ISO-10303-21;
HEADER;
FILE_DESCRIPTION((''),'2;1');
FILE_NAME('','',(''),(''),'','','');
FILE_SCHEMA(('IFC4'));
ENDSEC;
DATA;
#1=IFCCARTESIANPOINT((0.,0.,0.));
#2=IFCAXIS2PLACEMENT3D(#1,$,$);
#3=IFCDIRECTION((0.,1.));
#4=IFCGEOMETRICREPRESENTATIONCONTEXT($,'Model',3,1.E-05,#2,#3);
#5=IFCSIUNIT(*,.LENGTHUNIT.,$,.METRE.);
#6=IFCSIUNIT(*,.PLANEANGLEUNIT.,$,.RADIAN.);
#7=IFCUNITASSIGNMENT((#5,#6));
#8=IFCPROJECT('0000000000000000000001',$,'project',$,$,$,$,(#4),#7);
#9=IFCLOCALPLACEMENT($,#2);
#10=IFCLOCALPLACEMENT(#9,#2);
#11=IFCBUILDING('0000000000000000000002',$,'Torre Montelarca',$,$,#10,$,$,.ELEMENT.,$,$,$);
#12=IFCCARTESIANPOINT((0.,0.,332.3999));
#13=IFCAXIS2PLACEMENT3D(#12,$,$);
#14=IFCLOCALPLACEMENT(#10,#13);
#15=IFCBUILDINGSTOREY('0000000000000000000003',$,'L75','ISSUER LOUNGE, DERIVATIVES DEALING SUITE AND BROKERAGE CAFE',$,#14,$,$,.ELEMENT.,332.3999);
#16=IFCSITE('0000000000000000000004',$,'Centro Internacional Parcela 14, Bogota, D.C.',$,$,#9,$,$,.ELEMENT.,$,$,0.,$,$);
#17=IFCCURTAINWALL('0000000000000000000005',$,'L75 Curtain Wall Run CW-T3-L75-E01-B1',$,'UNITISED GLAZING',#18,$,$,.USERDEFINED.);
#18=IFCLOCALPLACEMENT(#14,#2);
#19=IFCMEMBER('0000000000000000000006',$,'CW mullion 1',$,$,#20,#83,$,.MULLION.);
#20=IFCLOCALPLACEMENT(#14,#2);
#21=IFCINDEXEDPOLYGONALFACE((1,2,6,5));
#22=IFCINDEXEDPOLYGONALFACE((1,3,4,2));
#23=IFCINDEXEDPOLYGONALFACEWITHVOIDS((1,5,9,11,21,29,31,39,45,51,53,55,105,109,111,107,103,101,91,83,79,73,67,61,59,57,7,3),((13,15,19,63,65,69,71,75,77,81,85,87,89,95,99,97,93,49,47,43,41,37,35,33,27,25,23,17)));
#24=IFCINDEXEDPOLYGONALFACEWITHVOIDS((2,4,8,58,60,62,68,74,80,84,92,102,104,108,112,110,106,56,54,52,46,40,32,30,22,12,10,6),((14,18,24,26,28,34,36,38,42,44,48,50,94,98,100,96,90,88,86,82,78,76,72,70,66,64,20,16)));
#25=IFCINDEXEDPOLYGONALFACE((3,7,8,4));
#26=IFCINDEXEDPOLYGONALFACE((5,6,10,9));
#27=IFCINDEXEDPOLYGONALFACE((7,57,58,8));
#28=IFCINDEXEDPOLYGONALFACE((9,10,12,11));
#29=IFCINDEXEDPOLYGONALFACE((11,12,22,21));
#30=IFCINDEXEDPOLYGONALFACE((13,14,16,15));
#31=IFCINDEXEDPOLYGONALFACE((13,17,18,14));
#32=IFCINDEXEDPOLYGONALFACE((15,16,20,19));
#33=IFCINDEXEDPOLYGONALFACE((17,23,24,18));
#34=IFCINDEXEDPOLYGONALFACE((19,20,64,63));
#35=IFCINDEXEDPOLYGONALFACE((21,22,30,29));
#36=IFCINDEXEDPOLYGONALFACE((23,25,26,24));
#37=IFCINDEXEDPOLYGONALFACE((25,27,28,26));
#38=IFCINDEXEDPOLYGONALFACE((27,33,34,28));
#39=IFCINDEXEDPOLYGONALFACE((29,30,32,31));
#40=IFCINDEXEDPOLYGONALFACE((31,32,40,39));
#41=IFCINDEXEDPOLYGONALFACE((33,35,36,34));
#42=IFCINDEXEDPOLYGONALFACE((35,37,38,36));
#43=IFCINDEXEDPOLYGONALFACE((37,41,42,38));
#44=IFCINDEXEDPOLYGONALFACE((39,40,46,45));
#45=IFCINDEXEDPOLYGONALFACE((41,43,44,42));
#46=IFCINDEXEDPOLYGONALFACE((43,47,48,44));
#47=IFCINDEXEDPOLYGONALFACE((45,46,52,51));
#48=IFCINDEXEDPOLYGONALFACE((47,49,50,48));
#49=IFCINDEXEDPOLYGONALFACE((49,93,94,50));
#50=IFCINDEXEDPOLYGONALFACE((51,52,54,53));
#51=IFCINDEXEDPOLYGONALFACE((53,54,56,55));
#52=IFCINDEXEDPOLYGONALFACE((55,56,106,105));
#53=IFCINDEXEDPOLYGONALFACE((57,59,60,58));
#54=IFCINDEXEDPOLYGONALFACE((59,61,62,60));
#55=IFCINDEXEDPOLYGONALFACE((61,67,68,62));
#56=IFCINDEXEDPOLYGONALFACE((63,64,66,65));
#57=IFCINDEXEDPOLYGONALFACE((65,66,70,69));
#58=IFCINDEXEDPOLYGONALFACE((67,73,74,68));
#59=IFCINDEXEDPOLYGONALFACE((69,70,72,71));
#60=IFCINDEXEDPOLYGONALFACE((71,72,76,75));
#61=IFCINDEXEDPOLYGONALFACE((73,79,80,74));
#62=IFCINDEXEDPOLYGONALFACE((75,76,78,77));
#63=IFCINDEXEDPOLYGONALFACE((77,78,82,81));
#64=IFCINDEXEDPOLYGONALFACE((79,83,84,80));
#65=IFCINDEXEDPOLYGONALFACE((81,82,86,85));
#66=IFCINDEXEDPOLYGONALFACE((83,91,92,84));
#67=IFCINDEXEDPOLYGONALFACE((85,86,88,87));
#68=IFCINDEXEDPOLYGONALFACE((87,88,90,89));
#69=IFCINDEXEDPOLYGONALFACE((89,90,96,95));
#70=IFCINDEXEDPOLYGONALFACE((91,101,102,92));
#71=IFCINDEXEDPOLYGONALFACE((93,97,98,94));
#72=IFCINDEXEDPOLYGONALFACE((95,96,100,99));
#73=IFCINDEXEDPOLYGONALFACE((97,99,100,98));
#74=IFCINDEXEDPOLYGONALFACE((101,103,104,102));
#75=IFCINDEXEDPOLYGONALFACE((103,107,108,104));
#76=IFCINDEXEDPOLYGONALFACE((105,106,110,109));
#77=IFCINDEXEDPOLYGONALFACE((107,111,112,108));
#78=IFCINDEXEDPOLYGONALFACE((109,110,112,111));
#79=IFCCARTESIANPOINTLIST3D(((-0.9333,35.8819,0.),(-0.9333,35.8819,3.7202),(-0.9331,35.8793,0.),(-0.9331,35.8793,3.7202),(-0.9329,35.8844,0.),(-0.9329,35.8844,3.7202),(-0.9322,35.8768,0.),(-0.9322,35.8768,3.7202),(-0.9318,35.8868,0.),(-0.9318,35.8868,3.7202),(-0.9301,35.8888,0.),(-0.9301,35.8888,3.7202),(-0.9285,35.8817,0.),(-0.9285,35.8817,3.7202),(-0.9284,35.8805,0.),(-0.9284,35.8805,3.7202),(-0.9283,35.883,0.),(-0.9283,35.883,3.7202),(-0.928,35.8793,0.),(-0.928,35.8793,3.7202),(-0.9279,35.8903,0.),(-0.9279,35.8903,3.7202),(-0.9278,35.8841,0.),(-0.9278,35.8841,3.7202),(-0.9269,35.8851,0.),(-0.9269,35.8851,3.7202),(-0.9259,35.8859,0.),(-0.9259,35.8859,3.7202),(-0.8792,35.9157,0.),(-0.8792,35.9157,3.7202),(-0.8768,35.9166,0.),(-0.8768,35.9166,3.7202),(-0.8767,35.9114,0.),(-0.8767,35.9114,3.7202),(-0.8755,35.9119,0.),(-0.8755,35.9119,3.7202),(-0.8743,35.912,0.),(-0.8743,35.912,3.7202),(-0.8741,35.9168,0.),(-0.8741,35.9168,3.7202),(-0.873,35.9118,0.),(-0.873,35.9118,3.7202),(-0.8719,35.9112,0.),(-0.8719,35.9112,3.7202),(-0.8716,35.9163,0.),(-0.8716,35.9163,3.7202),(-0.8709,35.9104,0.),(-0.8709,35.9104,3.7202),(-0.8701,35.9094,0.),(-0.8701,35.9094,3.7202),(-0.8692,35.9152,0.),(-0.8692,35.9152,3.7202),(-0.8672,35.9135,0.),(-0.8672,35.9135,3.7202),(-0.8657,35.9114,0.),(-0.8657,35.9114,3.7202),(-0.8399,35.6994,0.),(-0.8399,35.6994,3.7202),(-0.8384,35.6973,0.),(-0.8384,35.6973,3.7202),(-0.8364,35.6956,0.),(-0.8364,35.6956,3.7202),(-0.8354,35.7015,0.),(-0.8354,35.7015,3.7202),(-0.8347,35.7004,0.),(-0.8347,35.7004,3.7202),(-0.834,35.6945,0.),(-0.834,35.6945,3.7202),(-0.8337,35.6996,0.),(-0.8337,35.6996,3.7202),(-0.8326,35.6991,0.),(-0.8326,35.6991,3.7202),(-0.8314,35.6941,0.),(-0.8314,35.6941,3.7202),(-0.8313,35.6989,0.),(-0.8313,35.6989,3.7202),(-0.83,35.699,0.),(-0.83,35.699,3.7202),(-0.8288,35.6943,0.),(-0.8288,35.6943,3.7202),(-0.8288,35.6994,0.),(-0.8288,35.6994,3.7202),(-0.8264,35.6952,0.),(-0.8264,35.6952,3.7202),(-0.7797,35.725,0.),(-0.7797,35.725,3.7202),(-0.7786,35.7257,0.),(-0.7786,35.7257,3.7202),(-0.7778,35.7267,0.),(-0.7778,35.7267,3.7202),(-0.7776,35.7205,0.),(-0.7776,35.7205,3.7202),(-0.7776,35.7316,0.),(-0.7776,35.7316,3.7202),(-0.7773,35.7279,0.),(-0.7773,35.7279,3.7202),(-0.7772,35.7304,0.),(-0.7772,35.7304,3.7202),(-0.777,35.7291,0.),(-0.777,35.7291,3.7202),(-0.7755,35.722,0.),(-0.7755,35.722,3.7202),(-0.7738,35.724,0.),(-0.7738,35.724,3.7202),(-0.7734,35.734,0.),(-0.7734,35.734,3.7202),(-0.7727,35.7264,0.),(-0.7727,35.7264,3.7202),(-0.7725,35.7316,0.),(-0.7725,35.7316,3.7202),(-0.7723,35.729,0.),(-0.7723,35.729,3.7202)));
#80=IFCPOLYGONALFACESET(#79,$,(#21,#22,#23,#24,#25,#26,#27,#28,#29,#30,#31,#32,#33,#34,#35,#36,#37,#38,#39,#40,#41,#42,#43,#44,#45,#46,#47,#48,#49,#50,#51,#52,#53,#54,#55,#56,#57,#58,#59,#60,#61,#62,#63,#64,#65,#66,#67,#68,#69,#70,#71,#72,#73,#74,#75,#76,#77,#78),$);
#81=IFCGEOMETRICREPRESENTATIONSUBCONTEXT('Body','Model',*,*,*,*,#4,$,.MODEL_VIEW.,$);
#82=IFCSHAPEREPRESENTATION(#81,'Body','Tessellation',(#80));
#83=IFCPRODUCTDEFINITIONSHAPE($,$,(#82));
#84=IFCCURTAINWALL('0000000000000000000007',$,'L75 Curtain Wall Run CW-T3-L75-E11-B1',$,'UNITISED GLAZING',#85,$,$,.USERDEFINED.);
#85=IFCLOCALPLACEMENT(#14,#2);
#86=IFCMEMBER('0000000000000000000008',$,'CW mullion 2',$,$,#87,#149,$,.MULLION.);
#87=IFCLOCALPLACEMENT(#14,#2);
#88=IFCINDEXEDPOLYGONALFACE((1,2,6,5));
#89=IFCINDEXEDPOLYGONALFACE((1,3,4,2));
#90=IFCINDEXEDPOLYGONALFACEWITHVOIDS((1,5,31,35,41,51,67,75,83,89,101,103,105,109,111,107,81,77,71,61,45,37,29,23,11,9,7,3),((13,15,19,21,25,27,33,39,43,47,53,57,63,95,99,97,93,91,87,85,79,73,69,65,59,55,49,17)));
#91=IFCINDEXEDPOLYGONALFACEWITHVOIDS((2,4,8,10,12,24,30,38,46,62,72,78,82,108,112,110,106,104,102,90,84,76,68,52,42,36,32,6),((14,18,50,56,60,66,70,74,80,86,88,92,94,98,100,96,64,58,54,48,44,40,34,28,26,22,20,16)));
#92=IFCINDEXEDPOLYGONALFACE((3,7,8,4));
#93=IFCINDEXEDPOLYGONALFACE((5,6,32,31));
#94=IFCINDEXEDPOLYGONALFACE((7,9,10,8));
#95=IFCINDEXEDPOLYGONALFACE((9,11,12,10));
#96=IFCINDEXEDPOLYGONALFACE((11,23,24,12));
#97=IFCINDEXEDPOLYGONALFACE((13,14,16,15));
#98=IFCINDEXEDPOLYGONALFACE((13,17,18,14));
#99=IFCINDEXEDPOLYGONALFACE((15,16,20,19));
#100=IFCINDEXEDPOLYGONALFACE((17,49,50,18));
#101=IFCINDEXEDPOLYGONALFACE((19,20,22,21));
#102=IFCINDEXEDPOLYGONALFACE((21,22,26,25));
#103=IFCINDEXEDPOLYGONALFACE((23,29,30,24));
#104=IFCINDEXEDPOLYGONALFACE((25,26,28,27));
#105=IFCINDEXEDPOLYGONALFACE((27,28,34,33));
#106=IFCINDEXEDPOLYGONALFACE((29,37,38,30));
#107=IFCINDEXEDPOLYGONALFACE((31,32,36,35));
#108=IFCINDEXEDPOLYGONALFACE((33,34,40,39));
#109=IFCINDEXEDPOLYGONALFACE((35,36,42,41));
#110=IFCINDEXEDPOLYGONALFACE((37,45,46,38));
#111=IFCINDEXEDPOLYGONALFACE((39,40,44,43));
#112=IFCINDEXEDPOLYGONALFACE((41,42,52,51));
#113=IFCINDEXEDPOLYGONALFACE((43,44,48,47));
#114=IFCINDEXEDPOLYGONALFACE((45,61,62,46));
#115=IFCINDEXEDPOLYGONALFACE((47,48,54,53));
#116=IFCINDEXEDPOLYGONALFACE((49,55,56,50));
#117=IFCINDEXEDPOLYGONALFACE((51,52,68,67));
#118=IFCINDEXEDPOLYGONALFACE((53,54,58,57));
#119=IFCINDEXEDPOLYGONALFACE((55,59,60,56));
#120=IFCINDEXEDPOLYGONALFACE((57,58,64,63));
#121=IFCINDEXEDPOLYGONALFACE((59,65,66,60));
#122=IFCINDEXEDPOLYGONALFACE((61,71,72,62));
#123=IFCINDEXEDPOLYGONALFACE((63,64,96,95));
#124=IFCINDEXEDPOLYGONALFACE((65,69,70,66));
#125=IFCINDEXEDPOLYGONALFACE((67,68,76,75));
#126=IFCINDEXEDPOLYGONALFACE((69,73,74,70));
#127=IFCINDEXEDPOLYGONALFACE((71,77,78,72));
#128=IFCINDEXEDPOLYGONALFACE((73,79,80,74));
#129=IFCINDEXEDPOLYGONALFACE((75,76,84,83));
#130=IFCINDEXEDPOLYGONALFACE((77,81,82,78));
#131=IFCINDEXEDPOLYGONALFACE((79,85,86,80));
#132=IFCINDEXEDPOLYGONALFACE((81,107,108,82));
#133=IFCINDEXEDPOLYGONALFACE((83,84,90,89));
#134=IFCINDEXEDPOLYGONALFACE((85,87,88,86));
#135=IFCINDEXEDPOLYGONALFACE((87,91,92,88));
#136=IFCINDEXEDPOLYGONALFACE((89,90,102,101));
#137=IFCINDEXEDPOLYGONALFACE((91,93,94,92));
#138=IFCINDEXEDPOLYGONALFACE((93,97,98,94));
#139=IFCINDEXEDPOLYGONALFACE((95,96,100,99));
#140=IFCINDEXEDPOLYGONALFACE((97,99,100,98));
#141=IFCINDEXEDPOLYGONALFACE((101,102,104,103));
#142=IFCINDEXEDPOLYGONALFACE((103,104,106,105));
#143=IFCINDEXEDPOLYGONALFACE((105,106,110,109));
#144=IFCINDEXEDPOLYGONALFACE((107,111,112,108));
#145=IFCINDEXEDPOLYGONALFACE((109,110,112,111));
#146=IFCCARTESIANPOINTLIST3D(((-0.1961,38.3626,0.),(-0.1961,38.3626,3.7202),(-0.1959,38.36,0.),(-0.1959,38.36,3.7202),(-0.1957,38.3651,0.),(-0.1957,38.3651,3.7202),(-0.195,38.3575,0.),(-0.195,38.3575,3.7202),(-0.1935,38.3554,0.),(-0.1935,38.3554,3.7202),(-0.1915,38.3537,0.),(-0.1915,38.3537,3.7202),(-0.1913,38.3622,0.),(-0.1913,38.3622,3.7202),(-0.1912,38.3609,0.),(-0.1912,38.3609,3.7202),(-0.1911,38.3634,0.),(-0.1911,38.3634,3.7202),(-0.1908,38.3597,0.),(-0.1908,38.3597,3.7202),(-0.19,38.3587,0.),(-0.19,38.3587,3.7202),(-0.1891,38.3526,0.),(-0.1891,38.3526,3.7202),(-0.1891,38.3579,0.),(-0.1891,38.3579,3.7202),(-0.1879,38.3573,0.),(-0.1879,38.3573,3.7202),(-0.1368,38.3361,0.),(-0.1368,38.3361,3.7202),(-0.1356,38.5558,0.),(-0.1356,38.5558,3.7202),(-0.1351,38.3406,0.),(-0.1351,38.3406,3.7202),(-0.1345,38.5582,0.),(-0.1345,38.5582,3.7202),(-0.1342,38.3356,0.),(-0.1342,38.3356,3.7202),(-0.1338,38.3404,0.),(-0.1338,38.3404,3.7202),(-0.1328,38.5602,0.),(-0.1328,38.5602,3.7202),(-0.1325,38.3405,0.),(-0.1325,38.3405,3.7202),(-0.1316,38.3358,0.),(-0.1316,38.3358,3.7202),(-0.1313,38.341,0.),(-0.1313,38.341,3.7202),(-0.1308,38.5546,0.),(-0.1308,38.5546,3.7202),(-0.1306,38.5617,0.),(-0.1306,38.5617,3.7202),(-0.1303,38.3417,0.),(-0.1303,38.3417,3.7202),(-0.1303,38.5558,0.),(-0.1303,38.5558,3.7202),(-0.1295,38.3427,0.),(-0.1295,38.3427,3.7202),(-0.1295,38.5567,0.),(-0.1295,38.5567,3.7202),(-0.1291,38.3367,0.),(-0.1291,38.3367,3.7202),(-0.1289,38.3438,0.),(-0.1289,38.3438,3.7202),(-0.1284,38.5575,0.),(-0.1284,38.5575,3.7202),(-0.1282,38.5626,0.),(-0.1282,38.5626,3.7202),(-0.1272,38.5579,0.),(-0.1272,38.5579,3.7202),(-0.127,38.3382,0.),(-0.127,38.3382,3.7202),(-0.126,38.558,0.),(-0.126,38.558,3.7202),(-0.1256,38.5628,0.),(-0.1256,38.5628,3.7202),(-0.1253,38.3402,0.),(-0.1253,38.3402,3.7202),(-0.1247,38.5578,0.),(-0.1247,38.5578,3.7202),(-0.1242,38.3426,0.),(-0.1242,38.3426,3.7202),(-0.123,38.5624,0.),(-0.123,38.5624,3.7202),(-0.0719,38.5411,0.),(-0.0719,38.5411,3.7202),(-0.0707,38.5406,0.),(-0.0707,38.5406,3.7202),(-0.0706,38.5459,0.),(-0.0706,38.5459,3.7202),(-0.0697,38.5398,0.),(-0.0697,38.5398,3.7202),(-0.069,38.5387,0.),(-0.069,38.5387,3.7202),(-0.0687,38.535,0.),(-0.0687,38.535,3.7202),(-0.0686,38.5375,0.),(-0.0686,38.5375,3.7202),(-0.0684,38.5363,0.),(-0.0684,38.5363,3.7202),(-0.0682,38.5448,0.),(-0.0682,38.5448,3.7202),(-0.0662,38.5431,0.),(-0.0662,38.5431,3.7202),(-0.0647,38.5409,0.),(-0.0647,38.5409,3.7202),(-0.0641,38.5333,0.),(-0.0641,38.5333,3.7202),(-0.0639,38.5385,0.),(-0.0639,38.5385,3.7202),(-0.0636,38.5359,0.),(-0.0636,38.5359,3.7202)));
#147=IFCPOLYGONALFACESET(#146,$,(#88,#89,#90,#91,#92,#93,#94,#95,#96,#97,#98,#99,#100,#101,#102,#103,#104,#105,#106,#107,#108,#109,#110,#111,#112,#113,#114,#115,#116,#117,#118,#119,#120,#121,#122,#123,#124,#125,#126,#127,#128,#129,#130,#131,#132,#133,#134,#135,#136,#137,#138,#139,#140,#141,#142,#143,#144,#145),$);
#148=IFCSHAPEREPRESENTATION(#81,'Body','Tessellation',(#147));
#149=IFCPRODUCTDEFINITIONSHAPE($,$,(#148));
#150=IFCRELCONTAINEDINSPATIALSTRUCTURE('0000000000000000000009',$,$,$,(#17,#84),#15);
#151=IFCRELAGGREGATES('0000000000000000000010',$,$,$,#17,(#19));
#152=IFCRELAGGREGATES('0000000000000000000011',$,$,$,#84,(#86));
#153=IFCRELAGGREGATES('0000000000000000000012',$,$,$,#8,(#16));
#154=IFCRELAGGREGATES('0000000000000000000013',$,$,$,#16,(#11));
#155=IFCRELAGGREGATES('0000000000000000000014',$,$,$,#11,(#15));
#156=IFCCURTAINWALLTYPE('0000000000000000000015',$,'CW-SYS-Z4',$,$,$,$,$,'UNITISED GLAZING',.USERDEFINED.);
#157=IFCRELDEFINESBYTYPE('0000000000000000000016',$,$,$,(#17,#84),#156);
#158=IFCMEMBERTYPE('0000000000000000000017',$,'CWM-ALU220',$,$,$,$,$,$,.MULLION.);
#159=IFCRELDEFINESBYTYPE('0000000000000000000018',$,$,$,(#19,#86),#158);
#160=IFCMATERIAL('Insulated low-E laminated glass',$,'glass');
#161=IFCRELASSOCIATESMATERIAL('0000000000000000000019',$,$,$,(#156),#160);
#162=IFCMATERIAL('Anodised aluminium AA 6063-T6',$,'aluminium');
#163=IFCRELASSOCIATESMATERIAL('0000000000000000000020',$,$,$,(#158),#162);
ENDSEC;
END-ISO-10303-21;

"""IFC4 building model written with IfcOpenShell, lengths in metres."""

from ifc_helpers import new_model, si_unit, direction, frame, origin, origin_2d, place, context, subcontext, project, spatial, hollow_rectangle, extrude, source, transform, mapped, material, material_profile, profile_set, type_object, element, aggregate, save


model = new_model("IFC4")

# Units and contexts
model_context = context("Model", 3, precision=1e-05, world=origin(), true_north=direction((0.0, 1.0)))
body_context = subcontext(model_context, "Body", "Model", "MODEL_VIEW")
ifc_project = project(units=[si_unit("LENGTHUNIT", "METRE"), si_unit("PLANEANGLEUNIT", "RADIAN")], contexts=[model_context])

# Site, building, storey
site_placement = place(None, origin())
site = spatial("IfcSite", under=ifc_project, at=site_placement, Name="Centro Internacional Parcela 14, Bogota, D.C.", CompositionType="ELEMENT", RefElevation=0.0)
building_placement = place(site_placement, origin())
building = spatial("IfcBuilding", under=site, at=building_placement, Name="Torre Montelarca", CompositionType="ELEMENT")
storey_placement = place(building_placement, frame((0.0, 0.0, 332.3999)))
storey = spatial("IfcBuildingStorey", under=building, at=storey_placement, Name="L75", Description="ISSUER LOUNGE, DERIVATIVES DEALING SUITE AND BROKERAGE CAFE", CompositionType="ELEMENT", Elevation=332.3999)

# Curtain wall, member
ifc_material_1 = material(Name="Insulated low-E laminated glass", Category="glass")
curtain_wall_type = type_object("IfcCurtainWallType", Name="CW-SYS-Z4", ElementType="UNITISED GLAZING", PredefinedType="USERDEFINED", material=ifc_material_1)
curtain_wall_1_placement = place(storey_placement, origin())
curtain_wall_1 = element("IfcCurtainWall", 1, at=curtain_wall_1_placement, inside=storey, type_object=curtain_wall_type, Name="L75 Curtain Wall Run CW-T3-L75-E01-B1", ObjectType="UNITISED GLAZING", PredefinedType="USERDEFINED")
ifc_material_2 = material(Name="Anodised aluminium AA 6063-T6", Category="aluminium")
ifc_material_profile_1 = material_profile(ifc_material_2, hollow_rectangle(XDim=0.075, YDim=0.22, WallThickness=0.0049, InnerFilletRadius=0.0049, OuterFilletRadius=0.01, at=origin_2d()), Name="ALU75X220X5", Category="aluminium")
ifc_profile_set_1 = profile_set([ifc_material_profile_1], Name="Anodised aluminium AA 6063-T6")
member_type_1 = type_object("IfcMemberType", Name="CWM-ALU220", PredefinedType="MULLION", material=ifc_profile_set_1)
shared_shape_1 = source(origin(), body_context, "Body", "SweptSolid", [
    extrude(hollow_rectangle(XDim=0.075, YDim=0.22, WallThickness=0.0049, InnerFilletRadius=0.0049, OuterFilletRadius=0.01, at=origin_2d()), origin(), (0.0, 0.0, 1.0), 3.7202),
])
member_1_placement = place(storey_placement, frame((-0.8528, 35.8054, 0.0), z_axis=(0.0, 0.0, 1.0), x_axis=(0.887011, 0.461747, 0.0)))
member_1 = element("IfcMember", 2, at=member_1_placement, type_object=member_type_1, Name="CW mullion 1", PredefinedType="MULLION", context=body_context, shape_type="MappedRepresentation", body=[
    mapped(shared_shape_1, transform((0.0, 0.0, 0.0), scale=1.0)),
])

# Curtain wall, member
curtain_wall_2_placement = place(storey_placement, origin())
curtain_wall_2 = element("IfcCurtainWall", 3, at=curtain_wall_2_placement, inside=storey, type_object=curtain_wall_type, Name="L75 Curtain Wall Run CW-T3-L75-E11-B1", ObjectType="UNITISED GLAZING", PredefinedType="USERDEFINED")
member_2_placement = place(storey_placement, frame((-0.1299, 38.4492, 0.0), z_axis=(0.0, 0.0, 1.0), x_axis=(0.953721, -0.300693, 0.0)))
member_2 = element("IfcMember", 4, at=member_2_placement, type_object=member_type_1, Name="CW mullion 2", PredefinedType="MULLION", context=body_context, shape_type="MappedRepresentation", body=[
    mapped(shared_shape_1, transform((0.0, 0.0, 0.0), scale=1.0)),
])

aggregate(curtain_wall_1, [member_1])

aggregate(curtain_wall_2, [member_2])

save(model, "model.ifc")
